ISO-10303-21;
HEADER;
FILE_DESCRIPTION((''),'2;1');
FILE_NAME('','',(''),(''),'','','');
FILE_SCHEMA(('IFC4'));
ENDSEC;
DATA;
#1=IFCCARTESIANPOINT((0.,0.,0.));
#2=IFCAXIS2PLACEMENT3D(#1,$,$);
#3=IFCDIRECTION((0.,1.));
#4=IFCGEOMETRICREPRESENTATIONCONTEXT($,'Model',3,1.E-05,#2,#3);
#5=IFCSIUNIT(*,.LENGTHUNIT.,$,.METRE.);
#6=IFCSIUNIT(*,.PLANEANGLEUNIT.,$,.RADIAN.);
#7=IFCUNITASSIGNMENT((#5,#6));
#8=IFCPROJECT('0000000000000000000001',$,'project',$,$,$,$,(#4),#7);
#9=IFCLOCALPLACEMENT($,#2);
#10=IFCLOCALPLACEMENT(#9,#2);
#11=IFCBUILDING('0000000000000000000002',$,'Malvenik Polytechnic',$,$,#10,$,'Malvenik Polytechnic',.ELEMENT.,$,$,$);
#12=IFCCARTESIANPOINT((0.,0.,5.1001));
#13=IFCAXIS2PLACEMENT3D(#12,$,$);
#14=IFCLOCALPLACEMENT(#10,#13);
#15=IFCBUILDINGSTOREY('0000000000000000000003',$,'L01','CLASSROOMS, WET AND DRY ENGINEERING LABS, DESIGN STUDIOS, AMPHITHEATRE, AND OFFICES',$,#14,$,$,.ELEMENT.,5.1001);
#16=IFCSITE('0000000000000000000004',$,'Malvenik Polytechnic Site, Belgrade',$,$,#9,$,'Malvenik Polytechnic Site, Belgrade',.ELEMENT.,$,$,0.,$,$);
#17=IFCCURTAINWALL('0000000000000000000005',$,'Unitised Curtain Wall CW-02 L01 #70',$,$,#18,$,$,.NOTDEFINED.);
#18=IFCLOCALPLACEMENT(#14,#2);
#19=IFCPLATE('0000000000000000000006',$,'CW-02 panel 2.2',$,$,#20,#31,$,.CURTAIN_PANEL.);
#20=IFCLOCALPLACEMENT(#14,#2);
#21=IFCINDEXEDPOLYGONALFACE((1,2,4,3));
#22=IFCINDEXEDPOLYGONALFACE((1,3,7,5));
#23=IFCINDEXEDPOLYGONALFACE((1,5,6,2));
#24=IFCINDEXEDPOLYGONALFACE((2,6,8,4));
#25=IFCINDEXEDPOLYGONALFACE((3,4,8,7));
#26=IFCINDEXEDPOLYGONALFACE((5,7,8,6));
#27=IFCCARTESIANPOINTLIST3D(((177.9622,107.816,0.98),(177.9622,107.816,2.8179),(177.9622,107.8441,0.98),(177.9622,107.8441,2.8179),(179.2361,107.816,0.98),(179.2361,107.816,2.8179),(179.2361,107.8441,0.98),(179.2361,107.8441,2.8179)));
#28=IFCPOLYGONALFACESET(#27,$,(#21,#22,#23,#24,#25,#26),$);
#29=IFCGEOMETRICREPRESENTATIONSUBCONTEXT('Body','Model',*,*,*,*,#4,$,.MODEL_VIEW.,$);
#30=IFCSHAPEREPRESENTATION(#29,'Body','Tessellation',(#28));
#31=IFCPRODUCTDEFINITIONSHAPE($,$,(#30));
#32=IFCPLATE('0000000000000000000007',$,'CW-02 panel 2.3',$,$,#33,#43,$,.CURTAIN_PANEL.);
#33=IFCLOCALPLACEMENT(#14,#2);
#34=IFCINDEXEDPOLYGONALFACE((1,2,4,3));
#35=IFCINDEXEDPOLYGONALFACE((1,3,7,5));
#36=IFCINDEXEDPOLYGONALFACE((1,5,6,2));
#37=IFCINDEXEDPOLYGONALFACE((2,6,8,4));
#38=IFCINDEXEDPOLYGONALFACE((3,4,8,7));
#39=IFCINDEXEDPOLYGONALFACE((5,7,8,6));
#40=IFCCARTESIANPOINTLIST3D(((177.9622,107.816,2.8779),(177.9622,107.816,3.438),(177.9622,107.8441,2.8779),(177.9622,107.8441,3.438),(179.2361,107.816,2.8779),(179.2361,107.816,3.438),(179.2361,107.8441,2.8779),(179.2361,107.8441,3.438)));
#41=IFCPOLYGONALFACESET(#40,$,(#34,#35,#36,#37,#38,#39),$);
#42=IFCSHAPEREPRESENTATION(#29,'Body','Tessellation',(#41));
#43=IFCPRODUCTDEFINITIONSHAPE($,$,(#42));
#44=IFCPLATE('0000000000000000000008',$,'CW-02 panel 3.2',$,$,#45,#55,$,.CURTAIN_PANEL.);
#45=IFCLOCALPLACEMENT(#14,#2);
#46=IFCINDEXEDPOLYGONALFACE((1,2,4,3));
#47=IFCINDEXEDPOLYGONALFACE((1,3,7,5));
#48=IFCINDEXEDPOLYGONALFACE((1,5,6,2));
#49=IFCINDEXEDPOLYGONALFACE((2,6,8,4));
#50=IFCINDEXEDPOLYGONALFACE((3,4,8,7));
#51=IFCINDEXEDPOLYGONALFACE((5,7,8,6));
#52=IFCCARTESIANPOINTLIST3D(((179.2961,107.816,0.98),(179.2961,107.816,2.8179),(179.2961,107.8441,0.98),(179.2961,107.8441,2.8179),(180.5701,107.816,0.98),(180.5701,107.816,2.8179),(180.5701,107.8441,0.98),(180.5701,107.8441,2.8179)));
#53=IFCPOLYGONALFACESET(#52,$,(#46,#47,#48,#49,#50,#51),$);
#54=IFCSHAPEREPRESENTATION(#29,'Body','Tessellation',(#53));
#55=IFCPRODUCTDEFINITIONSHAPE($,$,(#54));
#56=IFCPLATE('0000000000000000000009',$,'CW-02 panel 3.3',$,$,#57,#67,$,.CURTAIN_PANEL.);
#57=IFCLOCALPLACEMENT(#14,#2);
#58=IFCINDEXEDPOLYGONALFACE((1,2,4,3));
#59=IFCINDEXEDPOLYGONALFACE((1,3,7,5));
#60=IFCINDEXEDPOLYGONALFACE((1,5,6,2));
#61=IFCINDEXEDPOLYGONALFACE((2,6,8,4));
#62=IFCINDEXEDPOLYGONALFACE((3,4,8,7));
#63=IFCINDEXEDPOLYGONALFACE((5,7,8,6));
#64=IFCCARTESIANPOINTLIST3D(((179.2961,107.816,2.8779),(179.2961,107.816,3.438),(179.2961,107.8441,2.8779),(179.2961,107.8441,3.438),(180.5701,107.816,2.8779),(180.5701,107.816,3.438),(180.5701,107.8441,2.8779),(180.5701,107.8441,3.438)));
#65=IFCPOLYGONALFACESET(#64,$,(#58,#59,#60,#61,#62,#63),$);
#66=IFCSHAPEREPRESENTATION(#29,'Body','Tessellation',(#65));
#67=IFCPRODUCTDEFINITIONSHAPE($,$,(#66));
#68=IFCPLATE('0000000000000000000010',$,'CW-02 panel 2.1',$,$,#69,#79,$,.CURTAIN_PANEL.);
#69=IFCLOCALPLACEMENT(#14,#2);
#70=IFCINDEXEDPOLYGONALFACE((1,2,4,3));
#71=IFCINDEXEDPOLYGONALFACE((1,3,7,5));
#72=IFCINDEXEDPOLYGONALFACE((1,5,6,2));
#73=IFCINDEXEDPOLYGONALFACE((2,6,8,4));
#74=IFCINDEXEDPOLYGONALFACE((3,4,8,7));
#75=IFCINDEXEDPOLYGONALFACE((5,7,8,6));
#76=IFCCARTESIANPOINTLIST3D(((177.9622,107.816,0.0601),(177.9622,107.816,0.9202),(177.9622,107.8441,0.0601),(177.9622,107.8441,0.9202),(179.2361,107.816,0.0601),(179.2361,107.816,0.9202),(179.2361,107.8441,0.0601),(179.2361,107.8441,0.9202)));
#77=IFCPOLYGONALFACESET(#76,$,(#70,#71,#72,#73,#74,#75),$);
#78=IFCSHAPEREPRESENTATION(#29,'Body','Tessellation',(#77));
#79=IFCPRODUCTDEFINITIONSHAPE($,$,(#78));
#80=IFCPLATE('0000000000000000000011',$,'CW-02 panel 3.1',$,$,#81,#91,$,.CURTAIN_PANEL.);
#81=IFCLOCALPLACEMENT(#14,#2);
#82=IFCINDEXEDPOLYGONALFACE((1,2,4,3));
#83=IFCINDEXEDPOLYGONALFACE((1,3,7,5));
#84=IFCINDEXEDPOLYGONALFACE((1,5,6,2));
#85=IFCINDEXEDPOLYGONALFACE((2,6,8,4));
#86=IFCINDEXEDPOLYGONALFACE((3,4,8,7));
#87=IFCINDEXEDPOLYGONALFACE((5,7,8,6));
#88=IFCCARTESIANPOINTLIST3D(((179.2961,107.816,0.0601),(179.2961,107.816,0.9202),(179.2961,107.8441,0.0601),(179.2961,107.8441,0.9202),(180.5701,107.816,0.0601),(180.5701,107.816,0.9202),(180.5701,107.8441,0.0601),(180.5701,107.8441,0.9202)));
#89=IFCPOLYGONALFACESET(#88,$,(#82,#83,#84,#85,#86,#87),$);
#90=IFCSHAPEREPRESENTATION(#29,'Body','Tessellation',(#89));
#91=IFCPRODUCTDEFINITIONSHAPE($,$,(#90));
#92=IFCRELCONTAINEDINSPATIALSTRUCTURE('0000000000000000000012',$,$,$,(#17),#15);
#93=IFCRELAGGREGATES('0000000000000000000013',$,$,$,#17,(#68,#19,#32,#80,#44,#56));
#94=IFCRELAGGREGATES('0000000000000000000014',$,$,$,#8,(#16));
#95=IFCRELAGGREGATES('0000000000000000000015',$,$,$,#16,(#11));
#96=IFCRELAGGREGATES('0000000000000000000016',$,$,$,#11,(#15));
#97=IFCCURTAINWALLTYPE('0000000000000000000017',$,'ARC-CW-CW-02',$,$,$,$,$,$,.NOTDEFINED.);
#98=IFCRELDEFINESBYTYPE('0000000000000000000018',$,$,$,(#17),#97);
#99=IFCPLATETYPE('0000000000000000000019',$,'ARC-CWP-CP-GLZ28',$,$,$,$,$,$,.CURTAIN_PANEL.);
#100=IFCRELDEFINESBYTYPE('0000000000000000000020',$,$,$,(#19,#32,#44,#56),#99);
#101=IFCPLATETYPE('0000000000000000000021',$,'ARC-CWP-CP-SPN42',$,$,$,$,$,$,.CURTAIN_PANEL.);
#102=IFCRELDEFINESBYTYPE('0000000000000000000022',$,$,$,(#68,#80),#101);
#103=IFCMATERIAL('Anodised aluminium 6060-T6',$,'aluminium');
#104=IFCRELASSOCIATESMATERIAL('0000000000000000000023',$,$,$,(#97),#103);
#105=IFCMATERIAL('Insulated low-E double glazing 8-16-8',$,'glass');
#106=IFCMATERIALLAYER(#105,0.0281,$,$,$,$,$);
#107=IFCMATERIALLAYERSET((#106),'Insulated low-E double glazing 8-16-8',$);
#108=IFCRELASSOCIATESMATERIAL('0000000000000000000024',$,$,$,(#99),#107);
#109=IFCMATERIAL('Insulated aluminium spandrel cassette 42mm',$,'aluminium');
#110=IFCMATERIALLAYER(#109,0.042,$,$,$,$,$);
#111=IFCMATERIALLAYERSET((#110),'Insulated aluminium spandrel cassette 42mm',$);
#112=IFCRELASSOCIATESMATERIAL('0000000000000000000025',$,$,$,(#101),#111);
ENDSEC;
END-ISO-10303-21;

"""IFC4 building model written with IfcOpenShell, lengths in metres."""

from ifc_helpers import new_model, si_unit, direction, frame, origin, origin_2d, place, context, subcontext, project, spatial, rectangle, extrude, material, layer, layer_set, type_object, element, aggregate, save


model = new_model("IFC4")

# Units and contexts
model_context = context("Model", 3, precision=1e-05, world=origin(), true_north=direction((0.0, 1.0)))
body_context = subcontext(model_context, "Body", "Model", "MODEL_VIEW")
ifc_project = project(units=[si_unit("LENGTHUNIT", "METRE"), si_unit("PLANEANGLEUNIT", "RADIAN")], contexts=[model_context])

# Site, building, storey
site_placement = place(None, origin())
site = spatial("IfcSite", under=ifc_project, at=site_placement, Name="Malvenik Polytechnic Site, Belgrade", LongName="Malvenik Polytechnic Site, Belgrade", CompositionType="ELEMENT", RefElevation=0.0)
building_placement = place(site_placement, origin())
building = spatial("IfcBuilding", under=site, at=building_placement, Name="Malvenik Polytechnic", LongName="Malvenik Polytechnic", CompositionType="ELEMENT")
storey_placement = place(building_placement, frame((0.0, 0.0, 5.1001)))
storey = spatial("IfcBuildingStorey", under=building, at=storey_placement, Name="L01", Description="CLASSROOMS, WET AND DRY ENGINEERING LABS, DESIGN STUDIOS, AMPHITHEATRE, AND OFFICES", CompositionType="ELEMENT", Elevation=5.1001)

# Curtain wall, plates
ifc_material_1 = material(Name="Anodised aluminium 6060-T6", Category="aluminium")
curtain_wall_type = type_object("IfcCurtainWallType", Name="ARC-CW-CW-02", PredefinedType="NOTDEFINED", material=ifc_material_1)
curtain_wall_placement = place(storey_placement, origin())
curtain_wall = element("IfcCurtainWall", 1, at=curtain_wall_placement, inside=storey, type_object=curtain_wall_type, Name="Unitised Curtain Wall CW-02 L01 #70", PredefinedType="NOTDEFINED")
ifc_material_2 = material(Name="Insulated low-E double glazing 8-16-8", Category="glass")
ifc_layer_1 = layer(ifc_material_2, 0.0281)
ifc_layer_set_1 = layer_set([ifc_layer_1], Name="Insulated low-E double glazing 8-16-8")
plate_type_1 = type_object("IfcPlateType", Name="ARC-CWP-CP-GLZ28", PredefinedType="CURTAIN_PANEL", material=ifc_layer_set_1)
plate_1_placement = place(storey_placement, frame((178.5991, 107.8301, 0.98), z_axis=(0.0, 0.0, 1.0), x_axis=(1.0, 0.0, 0.0)))
plate_1 = element("IfcPlate", 2, at=plate_1_placement, type_object=plate_type_1, Name="CW-02 panel 2.2", PredefinedType="CURTAIN_PANEL", context=body_context, shape_type="SweptSolid", body=[
    extrude(rectangle(XDim=1.2739, YDim=0.0281, at=origin_2d()), origin(), (0.0, 0.0, 1.0), 1.8379),
])
plate_2_placement = place(storey_placement, frame((178.5991, 107.8301, 2.8779), z_axis=(0.0, 0.0, 1.0), x_axis=(1.0, 0.0, 0.0)))
plate_2 = element("IfcPlate", 3, at=plate_2_placement, type_object=plate_type_1, Name="CW-02 panel 2.3", PredefinedType="CURTAIN_PANEL", context=body_context, shape_type="SweptSolid", body=[
    extrude(rectangle(XDim=1.2739, YDim=0.0281, at=origin_2d()), origin(), (0.0, 0.0, 1.0), 0.5601),
])
plate_3_placement = place(storey_placement, frame((179.9331, 107.8301, 0.98), z_axis=(0.0, 0.0, 1.0), x_axis=(1.0, 0.0, 0.0)))
plate_3 = element("IfcPlate", 4, at=plate_3_placement, type_object=plate_type_1, Name="CW-02 panel 3.2", PredefinedType="CURTAIN_PANEL", context=body_context, shape_type="SweptSolid", body=[
    extrude(rectangle(XDim=1.2739, YDim=0.0281, at=origin_2d()), origin(), (0.0, 0.0, 1.0), 1.8379),
])
plate_4_placement = place(storey_placement, frame((179.9331, 107.8301, 2.8779), z_axis=(0.0, 0.0, 1.0), x_axis=(1.0, 0.0, 0.0)))
plate_4 = element("IfcPlate", 5, at=plate_4_placement, type_object=plate_type_1, Name="CW-02 panel 3.3", PredefinedType="CURTAIN_PANEL", context=body_context, shape_type="SweptSolid", body=[
    extrude(rectangle(XDim=1.2739, YDim=0.0281, at=origin_2d()), origin(), (0.0, 0.0, 1.0), 0.5601),
])
ifc_material_3 = material(Name="Insulated aluminium spandrel cassette 42mm", Category="aluminium")
ifc_layer_2 = layer(ifc_material_3, 0.042)
ifc_layer_set_2 = layer_set([ifc_layer_2], Name="Insulated aluminium spandrel cassette 42mm")
plate_type_2 = type_object("IfcPlateType", Name="ARC-CWP-CP-SPN42", PredefinedType="CURTAIN_PANEL", material=ifc_layer_set_2)
plate_5_placement = place(storey_placement, frame((178.5991, 107.8301, 0.0601), z_axis=(0.0, 0.0, 1.0), x_axis=(1.0, 0.0, 0.0)))
plate_5 = element("IfcPlate", 6, at=plate_5_placement, type_object=plate_type_2, Name="CW-02 panel 2.1", PredefinedType="CURTAIN_PANEL", context=body_context, shape_type="SweptSolid", body=[
    extrude(rectangle(XDim=1.2739, YDim=0.0281, at=origin_2d()), origin(), (0.0, 0.0, 1.0), 0.8601),
])
plate_6_placement = place(storey_placement, frame((179.9331, 107.8301, 0.0601), z_axis=(0.0, 0.0, 1.0), x_axis=(1.0, 0.0, 0.0)))
plate_6 = element("IfcPlate", 7, at=plate_6_placement, type_object=plate_type_2, Name="CW-02 panel 3.1", PredefinedType="CURTAIN_PANEL", context=body_context, shape_type="SweptSolid", body=[
    extrude(rectangle(XDim=1.2739, YDim=0.0281, at=origin_2d()), origin(), (0.0, 0.0, 1.0), 0.8601),
])
aggregate(curtain_wall, [plate_5, plate_1, plate_2, plate_6, plate_3, plate_4])

save(model, "model.ifc")
